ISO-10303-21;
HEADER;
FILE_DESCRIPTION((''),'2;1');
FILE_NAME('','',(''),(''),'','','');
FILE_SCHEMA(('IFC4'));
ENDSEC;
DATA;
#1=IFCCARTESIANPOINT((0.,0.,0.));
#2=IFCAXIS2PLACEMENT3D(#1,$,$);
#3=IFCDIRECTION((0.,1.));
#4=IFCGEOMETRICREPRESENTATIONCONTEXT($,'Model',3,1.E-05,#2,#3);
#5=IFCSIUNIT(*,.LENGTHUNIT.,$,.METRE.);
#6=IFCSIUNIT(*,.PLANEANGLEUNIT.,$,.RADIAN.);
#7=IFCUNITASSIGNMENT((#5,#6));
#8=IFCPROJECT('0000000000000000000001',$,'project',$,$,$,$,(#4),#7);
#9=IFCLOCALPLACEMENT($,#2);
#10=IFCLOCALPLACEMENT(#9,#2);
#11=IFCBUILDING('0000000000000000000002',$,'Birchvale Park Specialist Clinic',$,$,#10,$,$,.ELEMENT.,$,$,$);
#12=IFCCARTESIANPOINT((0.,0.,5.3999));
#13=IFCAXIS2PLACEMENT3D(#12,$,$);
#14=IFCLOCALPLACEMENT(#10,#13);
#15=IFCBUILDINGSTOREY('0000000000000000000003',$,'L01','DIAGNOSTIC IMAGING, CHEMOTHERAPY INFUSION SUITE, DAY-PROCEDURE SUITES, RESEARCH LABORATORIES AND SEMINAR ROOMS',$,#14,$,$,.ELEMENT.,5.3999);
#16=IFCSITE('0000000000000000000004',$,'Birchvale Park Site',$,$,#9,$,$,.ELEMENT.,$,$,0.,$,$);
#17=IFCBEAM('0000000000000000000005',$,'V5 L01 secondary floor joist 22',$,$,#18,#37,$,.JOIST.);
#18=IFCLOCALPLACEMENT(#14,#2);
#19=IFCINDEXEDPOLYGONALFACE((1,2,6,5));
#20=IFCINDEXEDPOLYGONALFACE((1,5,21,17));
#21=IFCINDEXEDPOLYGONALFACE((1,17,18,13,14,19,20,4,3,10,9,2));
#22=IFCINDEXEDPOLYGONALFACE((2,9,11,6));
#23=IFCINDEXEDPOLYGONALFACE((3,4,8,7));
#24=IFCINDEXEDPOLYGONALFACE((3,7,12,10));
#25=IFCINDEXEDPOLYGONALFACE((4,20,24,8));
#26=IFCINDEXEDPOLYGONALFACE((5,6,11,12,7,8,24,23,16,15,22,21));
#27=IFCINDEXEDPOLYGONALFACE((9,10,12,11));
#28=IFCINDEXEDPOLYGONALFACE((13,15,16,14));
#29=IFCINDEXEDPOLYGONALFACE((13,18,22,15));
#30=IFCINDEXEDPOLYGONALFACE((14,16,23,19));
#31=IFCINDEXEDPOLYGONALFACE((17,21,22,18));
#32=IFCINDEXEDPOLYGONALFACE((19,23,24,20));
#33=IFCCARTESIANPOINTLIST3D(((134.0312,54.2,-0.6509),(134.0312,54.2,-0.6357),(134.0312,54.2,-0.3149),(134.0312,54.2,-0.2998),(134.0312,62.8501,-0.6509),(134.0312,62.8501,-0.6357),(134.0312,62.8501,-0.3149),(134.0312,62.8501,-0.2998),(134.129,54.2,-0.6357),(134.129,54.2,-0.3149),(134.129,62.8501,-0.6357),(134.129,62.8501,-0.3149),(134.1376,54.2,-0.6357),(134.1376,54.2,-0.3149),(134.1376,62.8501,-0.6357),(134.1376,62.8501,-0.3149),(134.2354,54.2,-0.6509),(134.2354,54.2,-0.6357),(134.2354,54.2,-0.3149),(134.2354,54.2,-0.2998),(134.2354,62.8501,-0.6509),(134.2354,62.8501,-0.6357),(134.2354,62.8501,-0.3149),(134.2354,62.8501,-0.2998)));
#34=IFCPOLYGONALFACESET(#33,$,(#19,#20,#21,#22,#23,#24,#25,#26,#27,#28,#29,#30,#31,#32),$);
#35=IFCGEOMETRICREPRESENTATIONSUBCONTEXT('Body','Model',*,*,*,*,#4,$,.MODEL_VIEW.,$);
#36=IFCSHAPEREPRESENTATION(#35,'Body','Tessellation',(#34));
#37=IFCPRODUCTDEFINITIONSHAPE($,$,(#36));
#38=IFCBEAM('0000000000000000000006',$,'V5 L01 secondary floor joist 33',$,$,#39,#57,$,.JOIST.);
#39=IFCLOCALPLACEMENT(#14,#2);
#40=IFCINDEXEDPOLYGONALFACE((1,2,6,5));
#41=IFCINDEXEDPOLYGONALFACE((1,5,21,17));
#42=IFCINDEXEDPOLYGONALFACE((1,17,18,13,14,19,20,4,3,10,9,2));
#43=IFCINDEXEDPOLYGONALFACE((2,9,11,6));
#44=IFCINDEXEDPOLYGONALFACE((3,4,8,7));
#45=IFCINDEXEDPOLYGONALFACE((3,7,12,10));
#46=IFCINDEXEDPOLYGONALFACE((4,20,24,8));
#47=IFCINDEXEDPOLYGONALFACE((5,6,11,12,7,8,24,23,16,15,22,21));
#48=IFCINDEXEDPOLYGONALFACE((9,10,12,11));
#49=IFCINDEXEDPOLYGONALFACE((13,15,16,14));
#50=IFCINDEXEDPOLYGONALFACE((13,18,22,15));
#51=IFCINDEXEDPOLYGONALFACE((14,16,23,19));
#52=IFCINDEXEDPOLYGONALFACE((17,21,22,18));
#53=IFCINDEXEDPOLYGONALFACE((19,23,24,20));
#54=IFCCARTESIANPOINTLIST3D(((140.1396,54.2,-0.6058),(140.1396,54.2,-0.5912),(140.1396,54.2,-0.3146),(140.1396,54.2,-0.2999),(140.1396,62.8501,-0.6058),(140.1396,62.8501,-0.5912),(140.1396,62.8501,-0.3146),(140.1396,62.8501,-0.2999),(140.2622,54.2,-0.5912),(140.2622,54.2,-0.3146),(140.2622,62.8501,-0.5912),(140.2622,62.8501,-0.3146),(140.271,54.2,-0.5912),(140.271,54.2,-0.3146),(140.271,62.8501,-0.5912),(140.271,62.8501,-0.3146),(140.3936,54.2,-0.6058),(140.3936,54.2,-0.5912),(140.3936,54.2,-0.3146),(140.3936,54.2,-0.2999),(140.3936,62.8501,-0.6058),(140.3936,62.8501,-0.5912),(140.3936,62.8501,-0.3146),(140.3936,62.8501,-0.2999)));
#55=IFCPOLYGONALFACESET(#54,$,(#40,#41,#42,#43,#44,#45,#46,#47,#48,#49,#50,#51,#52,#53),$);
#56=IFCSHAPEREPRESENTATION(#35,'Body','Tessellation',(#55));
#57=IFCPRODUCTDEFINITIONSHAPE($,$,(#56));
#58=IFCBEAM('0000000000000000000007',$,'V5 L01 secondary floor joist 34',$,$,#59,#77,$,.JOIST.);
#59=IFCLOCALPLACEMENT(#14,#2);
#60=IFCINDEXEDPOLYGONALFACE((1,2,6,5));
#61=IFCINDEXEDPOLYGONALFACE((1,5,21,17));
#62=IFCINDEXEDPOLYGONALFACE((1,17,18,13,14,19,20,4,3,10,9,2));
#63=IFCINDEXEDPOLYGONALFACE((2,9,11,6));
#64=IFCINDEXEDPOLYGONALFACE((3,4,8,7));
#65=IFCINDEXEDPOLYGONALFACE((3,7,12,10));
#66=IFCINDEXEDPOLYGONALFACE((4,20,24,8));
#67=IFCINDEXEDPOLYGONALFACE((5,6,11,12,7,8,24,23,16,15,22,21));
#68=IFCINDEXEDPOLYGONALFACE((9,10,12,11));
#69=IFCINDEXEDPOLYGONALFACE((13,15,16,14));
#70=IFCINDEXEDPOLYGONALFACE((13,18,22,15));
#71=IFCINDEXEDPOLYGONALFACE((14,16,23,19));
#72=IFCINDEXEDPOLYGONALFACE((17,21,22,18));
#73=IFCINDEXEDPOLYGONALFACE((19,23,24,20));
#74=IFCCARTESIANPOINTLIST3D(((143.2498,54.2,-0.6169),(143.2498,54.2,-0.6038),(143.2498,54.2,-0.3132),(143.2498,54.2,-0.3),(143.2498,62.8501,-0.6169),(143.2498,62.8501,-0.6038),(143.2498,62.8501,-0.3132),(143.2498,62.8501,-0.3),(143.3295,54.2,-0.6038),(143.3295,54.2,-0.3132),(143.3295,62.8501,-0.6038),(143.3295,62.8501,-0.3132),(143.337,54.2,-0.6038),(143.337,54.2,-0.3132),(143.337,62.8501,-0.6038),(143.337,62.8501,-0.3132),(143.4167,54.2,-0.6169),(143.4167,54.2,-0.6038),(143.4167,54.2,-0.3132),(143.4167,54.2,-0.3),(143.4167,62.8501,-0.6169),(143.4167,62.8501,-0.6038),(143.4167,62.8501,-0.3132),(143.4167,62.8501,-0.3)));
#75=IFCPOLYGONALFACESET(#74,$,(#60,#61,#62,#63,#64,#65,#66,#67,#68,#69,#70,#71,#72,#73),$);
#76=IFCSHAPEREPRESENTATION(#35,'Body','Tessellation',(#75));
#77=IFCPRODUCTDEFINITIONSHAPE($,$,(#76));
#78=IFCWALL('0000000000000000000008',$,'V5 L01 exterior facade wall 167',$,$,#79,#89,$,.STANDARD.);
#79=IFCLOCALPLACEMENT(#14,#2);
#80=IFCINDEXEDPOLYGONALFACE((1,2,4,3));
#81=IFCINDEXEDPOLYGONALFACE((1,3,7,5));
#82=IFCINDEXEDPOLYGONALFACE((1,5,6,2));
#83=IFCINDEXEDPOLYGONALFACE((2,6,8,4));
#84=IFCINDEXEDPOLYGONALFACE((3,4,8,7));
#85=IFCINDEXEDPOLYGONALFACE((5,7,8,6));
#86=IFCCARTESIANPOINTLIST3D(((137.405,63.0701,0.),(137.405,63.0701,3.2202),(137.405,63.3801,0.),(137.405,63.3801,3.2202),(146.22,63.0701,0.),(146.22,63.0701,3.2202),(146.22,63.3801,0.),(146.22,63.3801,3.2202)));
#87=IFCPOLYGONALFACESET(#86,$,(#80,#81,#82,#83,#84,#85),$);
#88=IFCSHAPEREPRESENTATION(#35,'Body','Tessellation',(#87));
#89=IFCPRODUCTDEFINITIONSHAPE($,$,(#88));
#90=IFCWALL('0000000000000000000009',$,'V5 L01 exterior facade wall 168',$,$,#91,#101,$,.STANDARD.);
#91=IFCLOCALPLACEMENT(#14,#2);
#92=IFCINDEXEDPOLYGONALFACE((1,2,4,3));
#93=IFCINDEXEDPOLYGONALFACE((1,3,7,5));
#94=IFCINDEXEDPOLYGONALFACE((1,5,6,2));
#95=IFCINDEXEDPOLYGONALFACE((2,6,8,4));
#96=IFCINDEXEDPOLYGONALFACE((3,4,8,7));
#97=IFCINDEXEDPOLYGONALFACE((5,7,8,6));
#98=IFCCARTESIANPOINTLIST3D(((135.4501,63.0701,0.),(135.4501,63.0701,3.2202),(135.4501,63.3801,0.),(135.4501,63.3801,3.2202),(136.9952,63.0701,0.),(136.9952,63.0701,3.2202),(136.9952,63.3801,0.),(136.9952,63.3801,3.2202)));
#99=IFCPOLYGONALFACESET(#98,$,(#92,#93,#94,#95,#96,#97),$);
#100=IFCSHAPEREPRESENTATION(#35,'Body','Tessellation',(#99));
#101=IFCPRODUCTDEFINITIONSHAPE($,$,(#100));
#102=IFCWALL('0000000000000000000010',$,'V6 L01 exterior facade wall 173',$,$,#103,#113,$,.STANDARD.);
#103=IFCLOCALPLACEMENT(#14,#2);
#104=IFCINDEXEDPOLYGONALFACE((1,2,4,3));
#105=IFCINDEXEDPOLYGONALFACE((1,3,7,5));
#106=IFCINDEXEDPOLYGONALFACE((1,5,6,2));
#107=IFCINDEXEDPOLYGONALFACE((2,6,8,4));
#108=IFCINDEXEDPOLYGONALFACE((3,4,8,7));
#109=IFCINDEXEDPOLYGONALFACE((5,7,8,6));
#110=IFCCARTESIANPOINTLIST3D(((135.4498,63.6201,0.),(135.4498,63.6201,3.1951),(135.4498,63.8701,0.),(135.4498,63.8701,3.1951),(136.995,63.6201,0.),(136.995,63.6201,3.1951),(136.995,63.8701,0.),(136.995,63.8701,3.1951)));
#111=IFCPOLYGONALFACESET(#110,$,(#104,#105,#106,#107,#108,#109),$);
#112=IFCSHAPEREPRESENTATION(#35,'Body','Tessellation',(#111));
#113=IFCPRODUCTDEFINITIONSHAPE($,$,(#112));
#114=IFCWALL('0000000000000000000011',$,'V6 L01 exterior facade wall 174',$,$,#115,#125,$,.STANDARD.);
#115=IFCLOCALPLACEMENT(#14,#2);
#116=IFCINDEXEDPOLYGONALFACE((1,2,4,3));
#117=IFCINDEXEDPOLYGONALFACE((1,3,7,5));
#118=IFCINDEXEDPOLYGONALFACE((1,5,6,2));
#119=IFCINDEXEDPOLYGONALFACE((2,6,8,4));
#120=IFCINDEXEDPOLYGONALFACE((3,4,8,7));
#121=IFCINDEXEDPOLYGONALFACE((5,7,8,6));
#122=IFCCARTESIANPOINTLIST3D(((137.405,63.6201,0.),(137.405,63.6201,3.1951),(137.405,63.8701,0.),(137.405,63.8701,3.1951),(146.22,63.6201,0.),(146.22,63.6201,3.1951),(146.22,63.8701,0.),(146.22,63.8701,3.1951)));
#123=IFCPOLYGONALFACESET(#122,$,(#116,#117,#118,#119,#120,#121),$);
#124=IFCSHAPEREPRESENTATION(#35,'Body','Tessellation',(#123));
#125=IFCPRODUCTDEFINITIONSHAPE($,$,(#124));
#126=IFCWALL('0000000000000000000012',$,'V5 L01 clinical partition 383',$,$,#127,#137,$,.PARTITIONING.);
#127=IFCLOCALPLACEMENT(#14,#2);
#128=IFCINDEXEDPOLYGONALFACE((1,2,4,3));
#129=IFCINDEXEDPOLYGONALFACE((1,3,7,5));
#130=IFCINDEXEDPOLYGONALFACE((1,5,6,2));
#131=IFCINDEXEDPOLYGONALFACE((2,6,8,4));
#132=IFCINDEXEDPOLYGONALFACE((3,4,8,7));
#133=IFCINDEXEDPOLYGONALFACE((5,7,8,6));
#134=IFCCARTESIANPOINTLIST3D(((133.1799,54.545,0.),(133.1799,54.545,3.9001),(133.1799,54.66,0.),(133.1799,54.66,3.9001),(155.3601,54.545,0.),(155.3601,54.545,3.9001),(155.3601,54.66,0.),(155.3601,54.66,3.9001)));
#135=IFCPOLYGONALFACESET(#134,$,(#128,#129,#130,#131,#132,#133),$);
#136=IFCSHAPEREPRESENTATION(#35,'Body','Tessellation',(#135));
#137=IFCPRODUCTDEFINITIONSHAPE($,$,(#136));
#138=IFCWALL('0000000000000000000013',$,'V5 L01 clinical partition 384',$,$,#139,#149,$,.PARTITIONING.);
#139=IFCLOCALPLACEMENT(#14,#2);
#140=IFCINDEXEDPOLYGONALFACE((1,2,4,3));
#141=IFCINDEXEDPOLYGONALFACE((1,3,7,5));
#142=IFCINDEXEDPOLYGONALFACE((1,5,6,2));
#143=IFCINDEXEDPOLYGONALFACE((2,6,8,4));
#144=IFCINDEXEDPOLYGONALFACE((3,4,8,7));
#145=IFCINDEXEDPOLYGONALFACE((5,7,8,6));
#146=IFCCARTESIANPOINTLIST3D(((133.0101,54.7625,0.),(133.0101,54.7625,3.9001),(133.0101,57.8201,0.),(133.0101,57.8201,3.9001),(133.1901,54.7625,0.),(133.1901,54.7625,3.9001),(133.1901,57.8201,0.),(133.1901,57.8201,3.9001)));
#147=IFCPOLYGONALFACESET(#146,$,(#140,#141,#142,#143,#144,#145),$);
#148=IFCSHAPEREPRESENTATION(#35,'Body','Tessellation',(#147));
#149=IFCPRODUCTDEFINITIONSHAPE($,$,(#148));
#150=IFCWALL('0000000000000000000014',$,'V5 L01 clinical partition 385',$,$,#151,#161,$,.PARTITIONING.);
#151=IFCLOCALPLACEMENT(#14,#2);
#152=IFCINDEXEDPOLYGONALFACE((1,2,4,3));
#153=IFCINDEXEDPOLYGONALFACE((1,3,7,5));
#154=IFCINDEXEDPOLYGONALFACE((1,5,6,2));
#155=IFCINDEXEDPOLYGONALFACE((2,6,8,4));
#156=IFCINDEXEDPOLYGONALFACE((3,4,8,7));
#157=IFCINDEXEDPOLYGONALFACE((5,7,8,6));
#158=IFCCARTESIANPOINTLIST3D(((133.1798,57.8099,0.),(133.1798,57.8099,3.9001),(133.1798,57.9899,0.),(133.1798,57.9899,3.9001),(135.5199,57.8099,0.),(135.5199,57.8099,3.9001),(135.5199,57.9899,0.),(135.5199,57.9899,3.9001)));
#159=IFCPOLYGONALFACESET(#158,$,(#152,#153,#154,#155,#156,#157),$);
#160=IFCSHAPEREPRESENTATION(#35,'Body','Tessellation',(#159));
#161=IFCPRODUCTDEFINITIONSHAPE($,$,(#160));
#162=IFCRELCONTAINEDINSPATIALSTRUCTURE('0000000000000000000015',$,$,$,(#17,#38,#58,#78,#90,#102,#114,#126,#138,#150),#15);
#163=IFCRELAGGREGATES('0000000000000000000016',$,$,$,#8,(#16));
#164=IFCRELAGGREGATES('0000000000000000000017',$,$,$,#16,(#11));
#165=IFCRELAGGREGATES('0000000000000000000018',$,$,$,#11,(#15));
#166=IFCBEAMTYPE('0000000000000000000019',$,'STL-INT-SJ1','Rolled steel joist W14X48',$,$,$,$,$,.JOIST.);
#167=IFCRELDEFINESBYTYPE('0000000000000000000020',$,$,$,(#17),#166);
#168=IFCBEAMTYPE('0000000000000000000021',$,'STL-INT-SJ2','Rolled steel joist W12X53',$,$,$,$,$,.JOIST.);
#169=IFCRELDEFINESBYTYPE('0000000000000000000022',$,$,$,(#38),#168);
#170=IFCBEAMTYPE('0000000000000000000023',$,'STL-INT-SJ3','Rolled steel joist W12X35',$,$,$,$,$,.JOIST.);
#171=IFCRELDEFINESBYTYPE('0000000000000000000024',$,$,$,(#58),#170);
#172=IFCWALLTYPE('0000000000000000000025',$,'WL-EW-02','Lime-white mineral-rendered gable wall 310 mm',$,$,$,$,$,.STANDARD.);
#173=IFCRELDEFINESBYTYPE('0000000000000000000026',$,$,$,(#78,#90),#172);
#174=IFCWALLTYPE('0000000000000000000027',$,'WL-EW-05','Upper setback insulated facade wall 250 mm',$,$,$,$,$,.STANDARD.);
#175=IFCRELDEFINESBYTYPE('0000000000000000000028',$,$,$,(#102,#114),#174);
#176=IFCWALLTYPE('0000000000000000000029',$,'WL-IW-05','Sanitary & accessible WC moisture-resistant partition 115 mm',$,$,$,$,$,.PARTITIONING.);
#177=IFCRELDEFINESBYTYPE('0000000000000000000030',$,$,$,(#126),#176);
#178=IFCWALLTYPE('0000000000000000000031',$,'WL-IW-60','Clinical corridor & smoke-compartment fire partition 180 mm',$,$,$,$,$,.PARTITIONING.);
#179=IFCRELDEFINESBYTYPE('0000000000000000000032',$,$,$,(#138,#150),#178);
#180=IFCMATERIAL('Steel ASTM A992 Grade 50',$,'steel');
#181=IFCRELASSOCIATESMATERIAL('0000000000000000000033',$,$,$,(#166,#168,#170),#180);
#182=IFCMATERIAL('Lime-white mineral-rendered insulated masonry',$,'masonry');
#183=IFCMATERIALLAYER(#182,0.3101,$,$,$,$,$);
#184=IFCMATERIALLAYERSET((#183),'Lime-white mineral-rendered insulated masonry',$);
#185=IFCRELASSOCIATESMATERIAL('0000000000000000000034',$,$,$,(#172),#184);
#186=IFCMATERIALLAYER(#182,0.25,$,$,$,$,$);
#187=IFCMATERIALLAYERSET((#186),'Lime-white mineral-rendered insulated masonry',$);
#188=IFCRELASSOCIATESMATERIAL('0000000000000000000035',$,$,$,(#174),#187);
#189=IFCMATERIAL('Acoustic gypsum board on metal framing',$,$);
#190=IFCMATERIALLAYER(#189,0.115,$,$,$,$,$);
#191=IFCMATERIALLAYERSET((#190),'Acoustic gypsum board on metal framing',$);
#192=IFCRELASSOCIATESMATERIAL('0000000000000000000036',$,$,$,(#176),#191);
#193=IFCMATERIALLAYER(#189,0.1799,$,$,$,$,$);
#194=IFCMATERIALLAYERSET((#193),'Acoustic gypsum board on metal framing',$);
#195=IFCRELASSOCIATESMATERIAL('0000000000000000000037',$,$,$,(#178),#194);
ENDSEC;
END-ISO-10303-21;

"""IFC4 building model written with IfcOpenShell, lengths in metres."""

from ifc_helpers import new_model, si_unit, direction, frame, frame_2d, origin, origin_2d, place, context, subcontext, project, spatial, rectangle, i_section, extrude, material, layer, layer_set, material_profile, profile_set, type_object, element, save


model = new_model("IFC4")

# Units and contexts
model_context = context("Model", 3, precision=1e-05, world=origin(), true_north=direction((0.0, 1.0)))
body_context = subcontext(model_context, "Body", "Model", "MODEL_VIEW")
ifc_project = project(units=[si_unit("LENGTHUNIT", "METRE"), si_unit("PLANEANGLEUNIT", "RADIAN")], contexts=[model_context])

# Site, building, storey
site_placement = place(None, origin())
site = spatial("IfcSite", under=ifc_project, at=site_placement, Name="Birchvale Park Site", CompositionType="ELEMENT", RefElevation=0.0)
building_placement = place(site_placement, origin())
building = spatial("IfcBuilding", under=site, at=building_placement, Name="Birchvale Park Specialist Clinic", CompositionType="ELEMENT")
storey_placement = place(building_placement, frame((0.0, 0.0, 5.3999)))
storey = spatial("IfcBuildingStorey", under=building, at=storey_placement, Name="L01", Description="DIAGNOSTIC IMAGING, CHEMOTHERAPY INFUSION SUITE, DAY-PROCEDURE SUITES, RESEARCH LABORATORIES AND SEMINAR ROOMS", CompositionType="ELEMENT", Elevation=5.3999)

# Beams
ifc_material_1 = material(Name="Steel ASTM A992 Grade 50", Category="steel")
ifc_material_profile_1 = material_profile(ifc_material_1, i_section(OverallWidth=0.2041, OverallDepth=0.3511, WebThickness=0.0085, FlangeThickness=0.0151, at=origin_2d()), Name="W14X48")
ifc_profile_set_1 = profile_set([ifc_material_profile_1], Name="Steel ASTM A992 Grade 50")
beam_type_1 = type_object("IfcBeamType", Name="STL-INT-SJ1", Description="Rolled steel joist W14X48", PredefinedType="JOIST", material=ifc_profile_set_1)
beam_1_placement = place(storey_placement, frame((134.1333, 54.2, -0.4753), z_axis=(0.0, 1.0, 0.0), x_axis=(-1.0, 0.0, 0.0)))
element("IfcBeam", 1, at=beam_1_placement, inside=storey, type_object=beam_type_1, Name="V5 L01 secondary floor joist 22", PredefinedType="JOIST", context=body_context, shape_type="SweptSolid", body=[
    extrude(i_section(OverallWidth=0.2041, OverallDepth=0.3511, WebThickness=0.0085, FlangeThickness=0.0151, at=origin_2d()), origin(), (0.0, 0.0, 1.0), 8.6501),
])
ifc_material_profile_2 = material_profile(ifc_material_1, i_section(OverallWidth=0.2539, OverallDepth=0.3059, WebThickness=0.0088, FlangeThickness=0.0146, at=origin_2d()), Name="W12X53")
ifc_profile_set_2 = profile_set([ifc_material_profile_2], Name="Steel ASTM A992 Grade 50")
beam_type_2 = type_object("IfcBeamType", Name="STL-INT-SJ2", Description="Rolled steel joist W12X53", PredefinedType="JOIST", material=ifc_profile_set_2)
beam_2_placement = place(storey_placement, frame((140.2666, 54.2, -0.4529), z_axis=(0.0, 1.0, 0.0), x_axis=(-1.0, 0.0, 0.0)))
element("IfcBeam", 2, at=beam_2_placement, inside=storey, type_object=beam_type_2, Name="V5 L01 secondary floor joist 33", PredefinedType="JOIST", context=body_context, shape_type="SweptSolid", body=[
    extrude(i_section(OverallWidth=0.2539, OverallDepth=0.3059, WebThickness=0.0088, FlangeThickness=0.0146, at=origin_2d()), origin(), (0.0, 0.0, 1.0), 8.6501),
])
ifc_material_profile_3 = material_profile(ifc_material_1, i_section(OverallWidth=0.167, OverallDepth=0.3169, WebThickness=0.0076, FlangeThickness=0.0132, at=origin_2d()), Name="W12X35")
ifc_profile_set_3 = profile_set([ifc_material_profile_3], Name="Steel ASTM A992 Grade 50")
beam_type_3 = type_object("IfcBeamType", Name="STL-INT-SJ3", Description="Rolled steel joist W12X35", PredefinedType="JOIST", material=ifc_profile_set_3)
beam_3_placement = place(storey_placement, frame((143.3333, 54.2, -0.4585), z_axis=(0.0, 1.0, 0.0), x_axis=(-1.0, 0.0, 0.0)))
element("IfcBeam", 3, at=beam_3_placement, inside=storey, type_object=beam_type_3, Name="V5 L01 secondary floor joist 34", PredefinedType="JOIST", context=body_context, shape_type="SweptSolid", body=[
    extrude(i_section(OverallWidth=0.167, OverallDepth=0.3169, WebThickness=0.0076, FlangeThickness=0.0132, at=origin_2d()), origin(), (0.0, 0.0, 1.0), 8.6501),
])

# Walls
ifc_material_2 = material(Name="Lime-white mineral-rendered insulated masonry", Category="masonry")
ifc_layer_1 = layer(ifc_material_2, 0.3101)
ifc_layer_set_1 = layer_set([ifc_layer_1], Name="Lime-white mineral-rendered insulated masonry")
wall_type_1 = type_object("IfcWallType", Name="WL-EW-02", Description="Lime-white mineral-rendered gable wall 310 mm", PredefinedType="STANDARD", material=ifc_layer_set_1)
wall_1_placement = place(storey_placement, frame((146.22, 63.2251, 0.0), z_axis=(0.0, 0.0, 1.0), x_axis=(-1.0, 0.0, 0.0)))
element("IfcWall", 4, at=wall_1_placement, inside=storey, type_object=wall_type_1, Name="V5 L01 exterior facade wall 167", PredefinedType="STANDARD", context=body_context, shape_type="SweptSolid", body=[
    extrude(rectangle(XDim=8.8149, YDim=0.3101, at=frame_2d((4.4075, 0.0))), origin(), (0.0, 0.0, 1.0), 3.2202),
])
wall_2_placement = place(storey_placement, frame((136.9951, 63.2251, 0.0), z_axis=(0.0, 0.0, 1.0), x_axis=(-1.0, 0.0, 0.0)))
element("IfcWall", 5, at=wall_2_placement, inside=storey, type_object=wall_type_1, Name="V5 L01 exterior facade wall 168", PredefinedType="STANDARD", context=body_context, shape_type="SweptSolid", body=[
    extrude(rectangle(XDim=1.5452, YDim=0.3101, at=frame_2d((0.7725, 0.0))), origin(), (0.0, 0.0, 1.0), 3.2202),
])
ifc_layer_2 = layer(ifc_material_2, 0.25)
ifc_layer_set_2 = layer_set([ifc_layer_2], Name="Lime-white mineral-rendered insulated masonry")
wall_type_2 = type_object("IfcWallType", Name="WL-EW-05", Description="Upper setback insulated facade wall 250 mm", PredefinedType="STANDARD", material=ifc_layer_set_2)
wall_3_placement = place(storey_placement, frame((135.45, 63.7451, 0.0), z_axis=(0.0, 0.0, 1.0), x_axis=(1.0, 0.0, 0.0)))
element("IfcWall", 6, at=wall_3_placement, inside=storey, type_object=wall_type_2, Name="V6 L01 exterior facade wall 173", PredefinedType="STANDARD", context=body_context, shape_type="SweptSolid", body=[
    extrude(rectangle(XDim=1.5452, YDim=0.25, at=frame_2d((0.7725, 0.0))), origin(), (0.0, 0.0, 1.0), 3.1951),
])
wall_4_placement = place(storey_placement, frame((137.405, 63.7451, 0.0), z_axis=(0.0, 0.0, 1.0), x_axis=(1.0, 0.0, 0.0)))
element("IfcWall", 7, at=wall_4_placement, inside=storey, type_object=wall_type_2, Name="V6 L01 exterior facade wall 174", PredefinedType="STANDARD", context=body_context, shape_type="SweptSolid", body=[
    extrude(rectangle(XDim=8.8149, YDim=0.25, at=frame_2d((4.4075, 0.0))), origin(), (0.0, 0.0, 1.0), 3.1951),
])
ifc_material_3 = material(Name="Acoustic gypsum board on metal framing")
ifc_layer_3 = layer(ifc_material_3, 0.115)
ifc_layer_set_3 = layer_set([ifc_layer_3], Name="Acoustic gypsum board on metal framing")
wall_type_3 = type_object("IfcWallType", Name="WL-IW-05", Description="Sanitary & accessible WC moisture-resistant partition 115 mm", PredefinedType="PARTITIONING", material=ifc_layer_set_3)
wall_5_placement = place(storey_placement, frame((133.1799, 54.6025, 0.0), z_axis=(0.0, 0.0, 1.0), x_axis=(1.0, 0.0, 0.0)))
element("IfcWall", 8, at=wall_5_placement, inside=storey, type_object=wall_type_3, Name="V5 L01 clinical partition 383", PredefinedType="PARTITIONING", context=body_context, shape_type="SweptSolid", body=[
    extrude(rectangle(XDim=22.1802, YDim=0.115, at=frame_2d((11.0901, 0.0))), origin(), (0.0, 0.0, 1.0), 3.9001),
])
ifc_layer_4 = layer(ifc_material_3, 0.1799)
ifc_layer_set_4 = layer_set([ifc_layer_4], Name="Acoustic gypsum board on metal framing")
wall_type_4 = type_object("IfcWallType", Name="WL-IW-60", Description="Clinical corridor & smoke-compartment fire partition 180 mm", PredefinedType="PARTITIONING", material=ifc_layer_set_4)
wall_6_placement = place(storey_placement, frame((133.1001, 54.7625, 0.0), z_axis=(0.0, 0.0, 1.0), x_axis=(0.0, 1.0, 0.0)))
element("IfcWall", 9, at=wall_6_placement, inside=storey, type_object=wall_type_4, Name="V5 L01 clinical partition 384", PredefinedType="PARTITIONING", context=body_context, shape_type="SweptSolid", body=[
    extrude(rectangle(XDim=3.0576, YDim=0.1799, at=frame_2d((1.5288, 0.0))), origin(), (0.0, 0.0, 1.0), 3.9001),
])
wall_7_placement = place(storey_placement, frame((133.1799, 57.8999, 0.0), z_axis=(0.0, 0.0, 1.0), x_axis=(1.0, 0.0, 0.0)))
element("IfcWall", 10, at=wall_7_placement, inside=storey, type_object=wall_type_4, Name="V5 L01 clinical partition 385", PredefinedType="PARTITIONING", context=body_context, shape_type="SweptSolid", body=[
    extrude(rectangle(XDim=2.3401, YDim=0.1799, at=frame_2d((1.1699, 0.0))), origin(), (0.0, 0.0, 1.0), 3.9001),
])

save(model, "model.ifc")
